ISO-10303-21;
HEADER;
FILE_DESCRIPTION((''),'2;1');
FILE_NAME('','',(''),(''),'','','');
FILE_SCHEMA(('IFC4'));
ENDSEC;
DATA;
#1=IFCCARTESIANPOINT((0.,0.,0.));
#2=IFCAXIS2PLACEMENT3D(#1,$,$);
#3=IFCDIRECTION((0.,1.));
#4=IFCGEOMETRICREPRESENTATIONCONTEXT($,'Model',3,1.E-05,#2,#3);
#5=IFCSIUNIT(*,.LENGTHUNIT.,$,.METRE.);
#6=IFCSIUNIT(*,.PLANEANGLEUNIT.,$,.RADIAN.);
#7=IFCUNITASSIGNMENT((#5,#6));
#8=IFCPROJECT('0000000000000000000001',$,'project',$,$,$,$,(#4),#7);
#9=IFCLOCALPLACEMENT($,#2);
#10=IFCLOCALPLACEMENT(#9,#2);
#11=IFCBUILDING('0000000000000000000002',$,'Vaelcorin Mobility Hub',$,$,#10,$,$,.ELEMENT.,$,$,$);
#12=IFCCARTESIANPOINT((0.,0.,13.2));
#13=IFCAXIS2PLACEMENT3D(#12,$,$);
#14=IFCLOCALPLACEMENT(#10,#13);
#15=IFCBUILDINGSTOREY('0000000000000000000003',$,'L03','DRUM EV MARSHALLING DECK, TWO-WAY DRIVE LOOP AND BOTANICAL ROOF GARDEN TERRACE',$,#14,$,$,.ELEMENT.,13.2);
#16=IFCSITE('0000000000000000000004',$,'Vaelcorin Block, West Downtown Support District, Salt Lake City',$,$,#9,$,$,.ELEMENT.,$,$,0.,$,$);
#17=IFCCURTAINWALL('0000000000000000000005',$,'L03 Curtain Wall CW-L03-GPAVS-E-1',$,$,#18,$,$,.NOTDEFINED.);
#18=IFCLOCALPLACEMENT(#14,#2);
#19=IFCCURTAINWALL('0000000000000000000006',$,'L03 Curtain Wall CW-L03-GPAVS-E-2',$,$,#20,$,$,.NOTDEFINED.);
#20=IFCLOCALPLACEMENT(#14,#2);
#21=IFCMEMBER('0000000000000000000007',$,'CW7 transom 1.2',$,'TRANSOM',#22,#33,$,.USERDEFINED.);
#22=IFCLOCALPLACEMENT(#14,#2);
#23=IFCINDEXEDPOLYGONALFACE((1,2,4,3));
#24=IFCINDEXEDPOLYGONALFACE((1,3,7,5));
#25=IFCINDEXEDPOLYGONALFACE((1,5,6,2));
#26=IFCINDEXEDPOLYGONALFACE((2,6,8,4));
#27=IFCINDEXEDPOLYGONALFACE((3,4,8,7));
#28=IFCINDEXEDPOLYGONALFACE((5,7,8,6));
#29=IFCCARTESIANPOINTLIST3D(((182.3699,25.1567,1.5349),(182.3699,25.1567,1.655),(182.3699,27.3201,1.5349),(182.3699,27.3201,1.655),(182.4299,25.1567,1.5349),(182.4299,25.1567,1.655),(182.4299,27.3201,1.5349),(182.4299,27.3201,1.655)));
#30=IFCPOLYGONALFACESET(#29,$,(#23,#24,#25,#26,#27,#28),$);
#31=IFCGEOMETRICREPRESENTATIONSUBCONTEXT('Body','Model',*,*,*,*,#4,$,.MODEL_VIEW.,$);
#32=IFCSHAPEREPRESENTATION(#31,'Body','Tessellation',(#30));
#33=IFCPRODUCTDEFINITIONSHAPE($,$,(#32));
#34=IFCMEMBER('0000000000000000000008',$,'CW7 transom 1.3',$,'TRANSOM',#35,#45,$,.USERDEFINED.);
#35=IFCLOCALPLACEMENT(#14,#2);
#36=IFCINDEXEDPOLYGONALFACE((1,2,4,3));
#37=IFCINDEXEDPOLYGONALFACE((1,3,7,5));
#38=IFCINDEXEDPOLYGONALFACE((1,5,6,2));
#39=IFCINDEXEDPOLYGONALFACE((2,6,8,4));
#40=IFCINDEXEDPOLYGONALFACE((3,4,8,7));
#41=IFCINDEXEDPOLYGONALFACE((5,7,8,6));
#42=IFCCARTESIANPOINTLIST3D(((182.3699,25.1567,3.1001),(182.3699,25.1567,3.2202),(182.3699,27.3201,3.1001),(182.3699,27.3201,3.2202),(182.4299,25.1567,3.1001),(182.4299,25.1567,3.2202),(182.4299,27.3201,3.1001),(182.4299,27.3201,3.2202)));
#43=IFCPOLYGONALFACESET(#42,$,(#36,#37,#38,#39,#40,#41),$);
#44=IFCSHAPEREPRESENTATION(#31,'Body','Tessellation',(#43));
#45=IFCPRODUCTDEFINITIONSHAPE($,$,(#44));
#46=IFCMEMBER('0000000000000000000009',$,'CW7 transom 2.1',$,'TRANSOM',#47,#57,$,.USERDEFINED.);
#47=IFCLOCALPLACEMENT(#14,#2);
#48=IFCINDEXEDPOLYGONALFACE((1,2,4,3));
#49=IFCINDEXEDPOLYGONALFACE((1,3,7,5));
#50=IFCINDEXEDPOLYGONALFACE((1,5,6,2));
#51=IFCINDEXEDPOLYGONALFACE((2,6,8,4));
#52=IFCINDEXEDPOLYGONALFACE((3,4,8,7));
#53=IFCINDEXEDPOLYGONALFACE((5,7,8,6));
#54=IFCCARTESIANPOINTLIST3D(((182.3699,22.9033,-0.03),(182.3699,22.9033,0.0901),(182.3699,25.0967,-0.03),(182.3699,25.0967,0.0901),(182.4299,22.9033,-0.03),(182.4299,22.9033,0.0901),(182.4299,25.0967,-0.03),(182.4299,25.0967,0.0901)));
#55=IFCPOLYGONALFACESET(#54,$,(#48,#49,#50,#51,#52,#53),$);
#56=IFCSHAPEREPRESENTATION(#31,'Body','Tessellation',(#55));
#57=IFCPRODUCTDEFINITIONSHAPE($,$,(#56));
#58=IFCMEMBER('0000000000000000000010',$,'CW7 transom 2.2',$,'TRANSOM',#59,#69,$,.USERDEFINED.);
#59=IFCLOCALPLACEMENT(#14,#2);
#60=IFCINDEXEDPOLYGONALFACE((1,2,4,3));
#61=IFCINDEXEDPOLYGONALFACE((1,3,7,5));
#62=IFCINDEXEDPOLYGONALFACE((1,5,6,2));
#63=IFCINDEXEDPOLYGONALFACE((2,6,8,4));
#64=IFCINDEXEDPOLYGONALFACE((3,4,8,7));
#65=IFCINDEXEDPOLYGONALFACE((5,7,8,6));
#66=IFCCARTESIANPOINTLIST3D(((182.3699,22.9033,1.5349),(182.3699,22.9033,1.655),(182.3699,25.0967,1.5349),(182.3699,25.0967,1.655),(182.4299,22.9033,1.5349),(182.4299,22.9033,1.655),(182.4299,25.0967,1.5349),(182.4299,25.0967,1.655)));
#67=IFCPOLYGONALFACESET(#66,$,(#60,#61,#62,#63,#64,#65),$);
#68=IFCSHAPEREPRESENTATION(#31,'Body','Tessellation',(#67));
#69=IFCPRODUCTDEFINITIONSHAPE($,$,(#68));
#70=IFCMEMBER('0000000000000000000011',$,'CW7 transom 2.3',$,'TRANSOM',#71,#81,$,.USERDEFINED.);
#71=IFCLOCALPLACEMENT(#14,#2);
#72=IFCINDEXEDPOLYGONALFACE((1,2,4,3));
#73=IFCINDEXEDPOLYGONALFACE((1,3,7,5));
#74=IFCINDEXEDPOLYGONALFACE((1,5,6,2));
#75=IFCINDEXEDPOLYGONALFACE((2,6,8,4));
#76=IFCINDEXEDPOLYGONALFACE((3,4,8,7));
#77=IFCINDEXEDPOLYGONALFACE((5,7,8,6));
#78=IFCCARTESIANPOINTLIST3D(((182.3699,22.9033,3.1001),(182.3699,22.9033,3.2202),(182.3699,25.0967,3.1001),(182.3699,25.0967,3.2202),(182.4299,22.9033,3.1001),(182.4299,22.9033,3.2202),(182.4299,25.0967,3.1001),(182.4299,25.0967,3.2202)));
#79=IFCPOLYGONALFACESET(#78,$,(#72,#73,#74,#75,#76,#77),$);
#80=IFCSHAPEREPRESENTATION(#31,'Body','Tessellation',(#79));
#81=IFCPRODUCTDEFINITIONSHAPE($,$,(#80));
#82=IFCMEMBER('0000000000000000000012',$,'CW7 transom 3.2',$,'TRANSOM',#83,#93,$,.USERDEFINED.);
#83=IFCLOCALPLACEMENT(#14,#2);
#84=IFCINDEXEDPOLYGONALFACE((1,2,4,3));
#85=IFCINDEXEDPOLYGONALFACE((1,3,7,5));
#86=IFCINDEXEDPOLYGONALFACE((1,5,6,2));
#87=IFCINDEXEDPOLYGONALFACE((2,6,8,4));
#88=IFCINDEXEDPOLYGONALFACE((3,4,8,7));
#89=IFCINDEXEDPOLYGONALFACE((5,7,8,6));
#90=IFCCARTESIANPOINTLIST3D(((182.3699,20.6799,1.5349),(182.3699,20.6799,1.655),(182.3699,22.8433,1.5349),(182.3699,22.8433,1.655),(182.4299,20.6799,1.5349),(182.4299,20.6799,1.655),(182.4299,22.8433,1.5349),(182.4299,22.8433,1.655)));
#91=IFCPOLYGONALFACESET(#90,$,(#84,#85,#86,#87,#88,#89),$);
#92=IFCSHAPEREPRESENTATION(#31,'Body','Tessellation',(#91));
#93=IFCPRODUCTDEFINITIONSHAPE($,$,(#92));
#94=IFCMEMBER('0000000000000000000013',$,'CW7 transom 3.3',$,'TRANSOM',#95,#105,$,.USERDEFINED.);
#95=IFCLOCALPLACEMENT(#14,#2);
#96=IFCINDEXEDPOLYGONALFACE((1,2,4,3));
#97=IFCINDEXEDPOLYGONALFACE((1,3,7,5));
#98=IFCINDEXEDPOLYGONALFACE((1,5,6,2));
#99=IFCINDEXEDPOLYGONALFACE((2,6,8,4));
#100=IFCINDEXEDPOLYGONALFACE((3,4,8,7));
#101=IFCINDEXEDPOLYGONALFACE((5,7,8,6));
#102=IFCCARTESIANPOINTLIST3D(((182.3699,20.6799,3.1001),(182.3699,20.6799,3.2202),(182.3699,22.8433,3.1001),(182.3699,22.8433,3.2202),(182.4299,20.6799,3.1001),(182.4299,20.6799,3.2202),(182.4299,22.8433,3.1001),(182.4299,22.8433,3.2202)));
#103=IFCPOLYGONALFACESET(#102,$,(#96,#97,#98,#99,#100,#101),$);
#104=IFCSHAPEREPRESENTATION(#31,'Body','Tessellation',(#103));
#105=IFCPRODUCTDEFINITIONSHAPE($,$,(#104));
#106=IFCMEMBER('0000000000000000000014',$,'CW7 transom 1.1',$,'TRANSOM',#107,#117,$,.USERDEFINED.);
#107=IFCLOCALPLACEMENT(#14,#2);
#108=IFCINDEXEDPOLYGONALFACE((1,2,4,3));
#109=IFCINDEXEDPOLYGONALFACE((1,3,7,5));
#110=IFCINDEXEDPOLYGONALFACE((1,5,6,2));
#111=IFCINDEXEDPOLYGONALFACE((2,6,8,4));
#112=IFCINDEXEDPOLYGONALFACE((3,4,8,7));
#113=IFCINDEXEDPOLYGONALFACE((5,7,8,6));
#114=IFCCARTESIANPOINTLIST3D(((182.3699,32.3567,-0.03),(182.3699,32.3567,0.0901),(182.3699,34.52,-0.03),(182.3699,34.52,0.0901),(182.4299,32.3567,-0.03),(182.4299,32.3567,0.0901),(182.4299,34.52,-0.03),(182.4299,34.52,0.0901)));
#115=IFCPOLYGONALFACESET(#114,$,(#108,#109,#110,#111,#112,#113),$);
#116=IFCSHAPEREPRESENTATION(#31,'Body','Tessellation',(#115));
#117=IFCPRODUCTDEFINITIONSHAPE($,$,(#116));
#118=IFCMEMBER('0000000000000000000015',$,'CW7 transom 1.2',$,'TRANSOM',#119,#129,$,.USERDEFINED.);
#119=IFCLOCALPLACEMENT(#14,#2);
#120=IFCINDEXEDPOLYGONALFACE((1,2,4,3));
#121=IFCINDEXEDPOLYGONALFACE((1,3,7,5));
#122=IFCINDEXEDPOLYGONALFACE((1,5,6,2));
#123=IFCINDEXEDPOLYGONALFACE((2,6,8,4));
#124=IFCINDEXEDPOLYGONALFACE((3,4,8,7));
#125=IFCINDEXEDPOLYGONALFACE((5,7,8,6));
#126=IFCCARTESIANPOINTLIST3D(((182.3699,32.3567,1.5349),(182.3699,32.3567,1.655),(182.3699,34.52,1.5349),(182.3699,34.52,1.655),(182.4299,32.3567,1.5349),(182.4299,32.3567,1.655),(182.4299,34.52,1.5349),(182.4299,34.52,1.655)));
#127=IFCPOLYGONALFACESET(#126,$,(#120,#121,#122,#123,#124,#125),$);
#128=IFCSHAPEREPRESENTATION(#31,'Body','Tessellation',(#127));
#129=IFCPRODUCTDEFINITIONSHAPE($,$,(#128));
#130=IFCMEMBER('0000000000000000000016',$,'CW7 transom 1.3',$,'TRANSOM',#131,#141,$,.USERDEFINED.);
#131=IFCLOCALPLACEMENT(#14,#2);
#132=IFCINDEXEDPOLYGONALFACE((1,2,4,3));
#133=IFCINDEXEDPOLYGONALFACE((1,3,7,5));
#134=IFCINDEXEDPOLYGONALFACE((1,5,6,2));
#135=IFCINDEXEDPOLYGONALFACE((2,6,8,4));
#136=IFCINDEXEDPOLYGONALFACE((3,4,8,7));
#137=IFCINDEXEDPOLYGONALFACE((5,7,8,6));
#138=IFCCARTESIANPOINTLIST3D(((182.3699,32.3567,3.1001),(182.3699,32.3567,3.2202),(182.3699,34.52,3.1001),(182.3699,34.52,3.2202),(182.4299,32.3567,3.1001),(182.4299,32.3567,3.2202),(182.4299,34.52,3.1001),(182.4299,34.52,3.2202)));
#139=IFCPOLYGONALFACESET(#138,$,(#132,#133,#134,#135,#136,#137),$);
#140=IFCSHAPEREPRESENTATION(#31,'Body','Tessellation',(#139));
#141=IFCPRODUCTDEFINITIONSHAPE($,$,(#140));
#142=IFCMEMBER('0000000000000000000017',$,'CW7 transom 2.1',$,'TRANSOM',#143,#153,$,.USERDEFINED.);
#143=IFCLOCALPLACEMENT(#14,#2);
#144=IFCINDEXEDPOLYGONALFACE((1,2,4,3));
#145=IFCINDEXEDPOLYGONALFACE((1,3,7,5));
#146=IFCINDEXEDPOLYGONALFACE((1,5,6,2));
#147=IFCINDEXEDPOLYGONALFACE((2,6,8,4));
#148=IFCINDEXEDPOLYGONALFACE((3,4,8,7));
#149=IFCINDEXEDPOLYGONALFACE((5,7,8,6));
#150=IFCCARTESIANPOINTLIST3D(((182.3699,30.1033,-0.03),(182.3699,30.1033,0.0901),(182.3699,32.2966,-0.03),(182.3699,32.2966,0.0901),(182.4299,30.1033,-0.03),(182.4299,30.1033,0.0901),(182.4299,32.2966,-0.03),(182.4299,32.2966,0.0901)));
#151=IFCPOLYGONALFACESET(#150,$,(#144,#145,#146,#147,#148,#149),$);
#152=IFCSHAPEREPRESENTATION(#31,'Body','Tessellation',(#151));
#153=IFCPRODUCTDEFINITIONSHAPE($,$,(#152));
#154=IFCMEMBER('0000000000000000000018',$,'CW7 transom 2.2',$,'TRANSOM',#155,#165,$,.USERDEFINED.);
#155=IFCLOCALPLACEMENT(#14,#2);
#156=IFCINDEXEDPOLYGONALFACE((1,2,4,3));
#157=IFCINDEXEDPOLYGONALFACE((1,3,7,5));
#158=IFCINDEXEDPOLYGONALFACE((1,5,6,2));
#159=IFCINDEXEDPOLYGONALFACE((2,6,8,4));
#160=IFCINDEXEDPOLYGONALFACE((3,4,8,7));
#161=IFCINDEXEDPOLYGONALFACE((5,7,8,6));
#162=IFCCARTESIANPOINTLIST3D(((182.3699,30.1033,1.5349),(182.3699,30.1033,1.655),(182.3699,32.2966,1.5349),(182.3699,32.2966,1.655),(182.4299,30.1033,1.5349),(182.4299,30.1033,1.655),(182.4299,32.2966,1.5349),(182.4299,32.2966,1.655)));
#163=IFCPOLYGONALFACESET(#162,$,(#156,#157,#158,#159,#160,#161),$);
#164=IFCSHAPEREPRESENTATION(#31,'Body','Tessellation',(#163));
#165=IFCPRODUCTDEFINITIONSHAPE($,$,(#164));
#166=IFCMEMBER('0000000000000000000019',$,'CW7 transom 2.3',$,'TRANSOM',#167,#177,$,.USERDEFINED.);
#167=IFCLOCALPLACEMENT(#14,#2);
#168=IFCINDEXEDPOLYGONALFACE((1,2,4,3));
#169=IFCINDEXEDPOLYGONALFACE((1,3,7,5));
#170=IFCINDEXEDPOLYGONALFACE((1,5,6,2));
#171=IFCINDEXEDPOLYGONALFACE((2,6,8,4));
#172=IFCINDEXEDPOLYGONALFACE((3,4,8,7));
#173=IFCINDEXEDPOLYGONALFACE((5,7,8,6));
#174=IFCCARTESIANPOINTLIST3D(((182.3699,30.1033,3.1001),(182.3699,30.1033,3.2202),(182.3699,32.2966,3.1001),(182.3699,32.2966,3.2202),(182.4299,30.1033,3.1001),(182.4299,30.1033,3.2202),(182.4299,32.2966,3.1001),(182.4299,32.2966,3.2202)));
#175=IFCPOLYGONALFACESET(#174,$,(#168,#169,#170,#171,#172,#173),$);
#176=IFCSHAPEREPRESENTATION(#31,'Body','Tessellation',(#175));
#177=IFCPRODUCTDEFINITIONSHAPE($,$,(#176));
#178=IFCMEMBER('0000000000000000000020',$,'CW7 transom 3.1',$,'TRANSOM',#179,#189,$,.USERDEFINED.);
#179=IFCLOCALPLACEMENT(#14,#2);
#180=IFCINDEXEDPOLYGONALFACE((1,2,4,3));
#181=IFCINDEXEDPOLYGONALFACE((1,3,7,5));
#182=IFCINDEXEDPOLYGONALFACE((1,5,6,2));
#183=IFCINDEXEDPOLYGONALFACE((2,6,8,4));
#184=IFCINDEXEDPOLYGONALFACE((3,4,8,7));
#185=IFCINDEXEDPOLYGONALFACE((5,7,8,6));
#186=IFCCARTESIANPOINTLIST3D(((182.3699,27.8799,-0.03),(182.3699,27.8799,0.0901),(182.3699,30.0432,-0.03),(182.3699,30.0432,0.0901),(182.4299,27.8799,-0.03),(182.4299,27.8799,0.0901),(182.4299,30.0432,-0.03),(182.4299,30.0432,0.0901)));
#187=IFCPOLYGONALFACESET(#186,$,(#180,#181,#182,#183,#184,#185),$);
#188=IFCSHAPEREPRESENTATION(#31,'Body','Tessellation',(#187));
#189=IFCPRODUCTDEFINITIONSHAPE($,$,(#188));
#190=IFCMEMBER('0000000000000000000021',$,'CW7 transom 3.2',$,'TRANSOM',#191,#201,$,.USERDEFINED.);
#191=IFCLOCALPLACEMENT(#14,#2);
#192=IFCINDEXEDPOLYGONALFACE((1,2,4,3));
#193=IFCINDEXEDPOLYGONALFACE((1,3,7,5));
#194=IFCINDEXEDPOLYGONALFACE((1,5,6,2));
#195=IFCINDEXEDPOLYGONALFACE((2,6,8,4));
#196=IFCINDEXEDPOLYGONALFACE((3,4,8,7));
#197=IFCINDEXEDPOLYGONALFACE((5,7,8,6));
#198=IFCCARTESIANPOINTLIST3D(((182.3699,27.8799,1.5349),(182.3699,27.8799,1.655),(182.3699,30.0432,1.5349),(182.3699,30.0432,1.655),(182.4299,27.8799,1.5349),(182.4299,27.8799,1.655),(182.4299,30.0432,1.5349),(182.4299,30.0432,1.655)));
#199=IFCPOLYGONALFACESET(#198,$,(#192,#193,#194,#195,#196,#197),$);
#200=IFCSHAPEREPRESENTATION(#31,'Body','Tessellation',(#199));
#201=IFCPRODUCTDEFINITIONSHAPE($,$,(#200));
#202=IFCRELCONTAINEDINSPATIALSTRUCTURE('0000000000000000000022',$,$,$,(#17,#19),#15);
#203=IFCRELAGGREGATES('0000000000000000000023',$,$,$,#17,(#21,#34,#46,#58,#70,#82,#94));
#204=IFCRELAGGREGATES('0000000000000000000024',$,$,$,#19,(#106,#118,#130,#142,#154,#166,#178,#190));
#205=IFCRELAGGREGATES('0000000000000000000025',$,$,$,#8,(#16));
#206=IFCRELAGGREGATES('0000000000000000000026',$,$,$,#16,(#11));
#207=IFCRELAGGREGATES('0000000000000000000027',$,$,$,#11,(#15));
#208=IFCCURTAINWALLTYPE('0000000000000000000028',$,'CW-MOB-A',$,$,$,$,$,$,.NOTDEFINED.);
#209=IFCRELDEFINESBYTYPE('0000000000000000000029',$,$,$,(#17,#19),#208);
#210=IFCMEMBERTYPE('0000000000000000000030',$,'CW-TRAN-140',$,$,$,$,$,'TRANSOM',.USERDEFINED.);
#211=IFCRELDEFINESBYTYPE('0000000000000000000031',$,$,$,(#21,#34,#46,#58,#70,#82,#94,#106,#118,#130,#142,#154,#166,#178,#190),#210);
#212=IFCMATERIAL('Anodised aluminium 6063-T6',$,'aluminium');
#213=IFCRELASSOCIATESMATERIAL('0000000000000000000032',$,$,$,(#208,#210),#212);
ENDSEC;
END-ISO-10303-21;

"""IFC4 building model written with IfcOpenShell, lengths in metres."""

from ifc_helpers import new_model, si_unit, direction, frame, origin, origin_2d, place, context, subcontext, project, spatial, rectangle, extrude, material, material_profile, profile_set, type_object, element, aggregate, save


model = new_model("IFC4")

# Units and contexts
model_context = context("Model", 3, precision=1e-05, world=origin(), true_north=direction((0.0, 1.0)))
body_context = subcontext(model_context, "Body", "Model", "MODEL_VIEW")
ifc_project = project(units=[si_unit("LENGTHUNIT", "METRE"), si_unit("PLANEANGLEUNIT", "RADIAN")], contexts=[model_context])

# Site, building, storey
site_placement = place(None, origin())
site = spatial("IfcSite", under=ifc_project, at=site_placement, Name="Vaelcorin Block, West Downtown Support District, Salt Lake City", CompositionType="ELEMENT", RefElevation=0.0)
building_placement = place(site_placement, origin())
building = spatial("IfcBuilding", under=site, at=building_placement, Name="Vaelcorin Mobility Hub", CompositionType="ELEMENT")
storey_placement = place(building_placement, frame((0.0, 0.0, 13.2)))
storey = spatial("IfcBuildingStorey", under=building, at=storey_placement, Name="L03", Description="DRUM EV MARSHALLING DECK, TWO-WAY DRIVE LOOP AND BOTANICAL ROOF GARDEN TERRACE", CompositionType="ELEMENT", Elevation=13.2)

# Curtain walls
ifc_material_1 = material(Name="Anodised aluminium 6063-T6", Category="aluminium")
curtain_wall_type = type_object("IfcCurtainWallType", Name="CW-MOB-A", PredefinedType="NOTDEFINED", material=ifc_material_1)
curtain_wall_1_placement = place(storey_placement, origin())
curtain_wall_1 = element("IfcCurtainWall", 1, at=curtain_wall_1_placement, inside=storey, type_object=curtain_wall_type, Name="L03 Curtain Wall CW-L03-GPAVS-E-1", PredefinedType="NOTDEFINED")
curtain_wall_2_placement = place(storey_placement, origin())
curtain_wall_2 = element("IfcCurtainWall", 2, at=curtain_wall_2_placement, inside=storey, type_object=curtain_wall_type, Name="L03 Curtain Wall CW-L03-GPAVS-E-2", PredefinedType="NOTDEFINED")

# Members
ifc_material_profile_1 = material_profile(ifc_material_1, rectangle(XDim=0.0601, YDim=0.1201, at=origin_2d()), Name="ALU-T60X120")
ifc_profile_set_1 = profile_set([ifc_material_profile_1], Name="Anodised aluminium 6063-T6")
member_type_1 = type_object("IfcMemberType", Name="CW-TRAN-140", ElementType="TRANSOM", PredefinedType="USERDEFINED", material=ifc_profile_set_1)
member_1_placement = place(storey_placement, frame((182.3999, 27.3201, 1.595), z_axis=(0.0, -1.0, 0.0), x_axis=(1.0, 0.0, 0.0)))
member_1 = element("IfcMember", 3, at=member_1_placement, type_object=member_type_1, Name="CW7 transom 1.2", ObjectType="TRANSOM", PredefinedType="USERDEFINED", context=body_context, shape_type="SweptSolid", body=[
    extrude(rectangle(XDim=0.0601, YDim=0.1201, at=origin_2d()), origin(), (0.0, 0.0, 1.0), 2.1633),
])
member_2_placement = place(storey_placement, frame((182.3999, 27.3201, 3.1602), z_axis=(0.0, -1.0, 0.0), x_axis=(1.0, 0.0, 0.0)))
member_2 = element("IfcMember", 4, at=member_2_placement, type_object=member_type_1, Name="CW7 transom 1.3", ObjectType="TRANSOM", PredefinedType="USERDEFINED", context=body_context, shape_type="SweptSolid", body=[
    extrude(rectangle(XDim=0.0601, YDim=0.1201, at=origin_2d()), origin(), (0.0, 0.0, 1.0), 2.1633),
])
member_3_placement = place(storey_placement, frame((182.3999, 25.0967, 0.03), z_axis=(0.0, -1.0, 0.0), x_axis=(1.0, 0.0, 0.0)))
member_3 = element("IfcMember", 5, at=member_3_placement, type_object=member_type_1, Name="CW7 transom 2.1", ObjectType="TRANSOM", PredefinedType="USERDEFINED", context=body_context, shape_type="SweptSolid", body=[
    extrude(rectangle(XDim=0.0601, YDim=0.1201, at=origin_2d()), origin(), (0.0, 0.0, 1.0), 2.1934),
])
member_4_placement = place(storey_placement, frame((182.3999, 25.0967, 1.595), z_axis=(0.0, -1.0, 0.0), x_axis=(1.0, 0.0, 0.0)))
member_4 = element("IfcMember", 6, at=member_4_placement, type_object=member_type_1, Name="CW7 transom 2.2", ObjectType="TRANSOM", PredefinedType="USERDEFINED", context=body_context, shape_type="SweptSolid", body=[
    extrude(rectangle(XDim=0.0601, YDim=0.1201, at=origin_2d()), origin(), (0.0, 0.0, 1.0), 2.1934),
])
member_5_placement = place(storey_placement, frame((182.3999, 25.0967, 3.1602), z_axis=(0.0, -1.0, 0.0), x_axis=(1.0, 0.0, 0.0)))
member_5 = element("IfcMember", 7, at=member_5_placement, type_object=member_type_1, Name="CW7 transom 2.3", ObjectType="TRANSOM", PredefinedType="USERDEFINED", context=body_context, shape_type="SweptSolid", body=[
    extrude(rectangle(XDim=0.0601, YDim=0.1201, at=origin_2d()), origin(), (0.0, 0.0, 1.0), 2.1934),
])
member_6_placement = place(storey_placement, frame((182.3999, 22.8433, 1.595), z_axis=(0.0, -1.0, 0.0), x_axis=(1.0, 0.0, 0.0)))
member_6 = element("IfcMember", 8, at=member_6_placement, type_object=member_type_1, Name="CW7 transom 3.2", ObjectType="TRANSOM", PredefinedType="USERDEFINED", context=body_context, shape_type="SweptSolid", body=[
    extrude(rectangle(XDim=0.0601, YDim=0.1201, at=origin_2d()), origin(), (0.0, 0.0, 1.0), 2.1633),
])
member_7_placement = place(storey_placement, frame((182.3999, 22.8433, 3.1602), z_axis=(0.0, -1.0, 0.0), x_axis=(1.0, 0.0, 0.0)))
member_7 = element("IfcMember", 9, at=member_7_placement, type_object=member_type_1, Name="CW7 transom 3.3", ObjectType="TRANSOM", PredefinedType="USERDEFINED", context=body_context, shape_type="SweptSolid", body=[
    extrude(rectangle(XDim=0.0601, YDim=0.1201, at=origin_2d()), origin(), (0.0, 0.0, 1.0), 2.1633),
])
member_8_placement = place(storey_placement, frame((182.3999, 34.52, 0.03), z_axis=(0.0, -1.0, 0.0), x_axis=(1.0, 0.0, 0.0)))
member_8 = element("IfcMember", 10, at=member_8_placement, type_object=member_type_1, Name="CW7 transom 1.1", ObjectType="TRANSOM", PredefinedType="USERDEFINED", context=body_context, shape_type="SweptSolid", body=[
    extrude(rectangle(XDim=0.0601, YDim=0.1201, at=origin_2d()), origin(), (0.0, 0.0, 1.0), 2.1633),
])
member_9_placement = place(storey_placement, frame((182.3999, 34.52, 1.595), z_axis=(0.0, -1.0, 0.0), x_axis=(1.0, 0.0, 0.0)))
member_9 = element("IfcMember", 11, at=member_9_placement, type_object=member_type_1, Name="CW7 transom 1.2", ObjectType="TRANSOM", PredefinedType="USERDEFINED", context=body_context, shape_type="SweptSolid", body=[
    extrude(rectangle(XDim=0.0601, YDim=0.1201, at=origin_2d()), origin(), (0.0, 0.0, 1.0), 2.1633),
])
member_10_placement = place(storey_placement, frame((182.3999, 34.52, 3.1602), z_axis=(0.0, -1.0, 0.0), x_axis=(1.0, 0.0, 0.0)))
member_10 = element("IfcMember", 12, at=member_10_placement, type_object=member_type_1, Name="CW7 transom 1.3", ObjectType="TRANSOM", PredefinedType="USERDEFINED", context=body_context, shape_type="SweptSolid", body=[
    extrude(rectangle(XDim=0.0601, YDim=0.1201, at=origin_2d()), origin(), (0.0, 0.0, 1.0), 2.1633),
])
member_11_placement = place(storey_placement, frame((182.3999, 32.2966, 0.03), z_axis=(0.0, -1.0, 0.0), x_axis=(1.0, 0.0, 0.0)))
member_11 = element("IfcMember", 13, at=member_11_placement, type_object=member_type_1, Name="CW7 transom 2.1", ObjectType="TRANSOM", PredefinedType="USERDEFINED", context=body_context, shape_type="SweptSolid", body=[
    extrude(rectangle(XDim=0.0601, YDim=0.1201, at=origin_2d()), origin(), (0.0, 0.0, 1.0), 2.1934),
])
member_12_placement = place(storey_placement, frame((182.3999, 32.2966, 1.595), z_axis=(0.0, -1.0, 0.0), x_axis=(1.0, 0.0, 0.0)))
member_12 = element("IfcMember", 14, at=member_12_placement, type_object=member_type_1, Name="CW7 transom 2.2", ObjectType="TRANSOM", PredefinedType="USERDEFINED", context=body_context, shape_type="SweptSolid", body=[
    extrude(rectangle(XDim=0.0601, YDim=0.1201, at=origin_2d()), origin(), (0.0, 0.0, 1.0), 2.1934),
])
member_13_placement = place(storey_placement, frame((182.3999, 32.2966, 3.1602), z_axis=(0.0, -1.0, 0.0), x_axis=(1.0, 0.0, 0.0)))
member_13 = element("IfcMember", 15, at=member_13_placement, type_object=member_type_1, Name="CW7 transom 2.3", ObjectType="TRANSOM", PredefinedType="USERDEFINED", context=body_context, shape_type="SweptSolid", body=[
    extrude(rectangle(XDim=0.0601, YDim=0.1201, at=origin_2d()), origin(), (0.0, 0.0, 1.0), 2.1934),
])
member_14_placement = place(storey_placement, frame((182.3999, 30.0432, 0.03), z_axis=(0.0, -1.0, 0.0), x_axis=(1.0, 0.0, 0.0)))
member_14 = element("IfcMember", 16, at=member_14_placement, type_object=member_type_1, Name="CW7 transom 3.1", ObjectType="TRANSOM", PredefinedType="USERDEFINED", context=body_context, shape_type="SweptSolid", body=[
    extrude(rectangle(XDim=0.0601, YDim=0.1201, at=origin_2d()), origin(), (0.0, 0.0, 1.0), 2.1633),
])
member_15_placement = place(storey_placement, frame((182.3999, 30.0432, 1.595), z_axis=(0.0, -1.0, 0.0), x_axis=(1.0, 0.0, 0.0)))
member_15 = element("IfcMember", 17, at=member_15_placement, type_object=member_type_1, Name="CW7 transom 3.2", ObjectType="TRANSOM", PredefinedType="USERDEFINED", context=body_context, shape_type="SweptSolid", body=[
    extrude(rectangle(XDim=0.0601, YDim=0.1201, at=origin_2d()), origin(), (0.0, 0.0, 1.0), 2.1633),
])

aggregate(curtain_wall_1, [member_1, member_2, member_3, member_4, member_5, member_6, member_7])
aggregate(curtain_wall_2, [member_8, member_9, member_10, member_11, member_12, member_13, member_14, member_15])

save(model, "model.ifc")
